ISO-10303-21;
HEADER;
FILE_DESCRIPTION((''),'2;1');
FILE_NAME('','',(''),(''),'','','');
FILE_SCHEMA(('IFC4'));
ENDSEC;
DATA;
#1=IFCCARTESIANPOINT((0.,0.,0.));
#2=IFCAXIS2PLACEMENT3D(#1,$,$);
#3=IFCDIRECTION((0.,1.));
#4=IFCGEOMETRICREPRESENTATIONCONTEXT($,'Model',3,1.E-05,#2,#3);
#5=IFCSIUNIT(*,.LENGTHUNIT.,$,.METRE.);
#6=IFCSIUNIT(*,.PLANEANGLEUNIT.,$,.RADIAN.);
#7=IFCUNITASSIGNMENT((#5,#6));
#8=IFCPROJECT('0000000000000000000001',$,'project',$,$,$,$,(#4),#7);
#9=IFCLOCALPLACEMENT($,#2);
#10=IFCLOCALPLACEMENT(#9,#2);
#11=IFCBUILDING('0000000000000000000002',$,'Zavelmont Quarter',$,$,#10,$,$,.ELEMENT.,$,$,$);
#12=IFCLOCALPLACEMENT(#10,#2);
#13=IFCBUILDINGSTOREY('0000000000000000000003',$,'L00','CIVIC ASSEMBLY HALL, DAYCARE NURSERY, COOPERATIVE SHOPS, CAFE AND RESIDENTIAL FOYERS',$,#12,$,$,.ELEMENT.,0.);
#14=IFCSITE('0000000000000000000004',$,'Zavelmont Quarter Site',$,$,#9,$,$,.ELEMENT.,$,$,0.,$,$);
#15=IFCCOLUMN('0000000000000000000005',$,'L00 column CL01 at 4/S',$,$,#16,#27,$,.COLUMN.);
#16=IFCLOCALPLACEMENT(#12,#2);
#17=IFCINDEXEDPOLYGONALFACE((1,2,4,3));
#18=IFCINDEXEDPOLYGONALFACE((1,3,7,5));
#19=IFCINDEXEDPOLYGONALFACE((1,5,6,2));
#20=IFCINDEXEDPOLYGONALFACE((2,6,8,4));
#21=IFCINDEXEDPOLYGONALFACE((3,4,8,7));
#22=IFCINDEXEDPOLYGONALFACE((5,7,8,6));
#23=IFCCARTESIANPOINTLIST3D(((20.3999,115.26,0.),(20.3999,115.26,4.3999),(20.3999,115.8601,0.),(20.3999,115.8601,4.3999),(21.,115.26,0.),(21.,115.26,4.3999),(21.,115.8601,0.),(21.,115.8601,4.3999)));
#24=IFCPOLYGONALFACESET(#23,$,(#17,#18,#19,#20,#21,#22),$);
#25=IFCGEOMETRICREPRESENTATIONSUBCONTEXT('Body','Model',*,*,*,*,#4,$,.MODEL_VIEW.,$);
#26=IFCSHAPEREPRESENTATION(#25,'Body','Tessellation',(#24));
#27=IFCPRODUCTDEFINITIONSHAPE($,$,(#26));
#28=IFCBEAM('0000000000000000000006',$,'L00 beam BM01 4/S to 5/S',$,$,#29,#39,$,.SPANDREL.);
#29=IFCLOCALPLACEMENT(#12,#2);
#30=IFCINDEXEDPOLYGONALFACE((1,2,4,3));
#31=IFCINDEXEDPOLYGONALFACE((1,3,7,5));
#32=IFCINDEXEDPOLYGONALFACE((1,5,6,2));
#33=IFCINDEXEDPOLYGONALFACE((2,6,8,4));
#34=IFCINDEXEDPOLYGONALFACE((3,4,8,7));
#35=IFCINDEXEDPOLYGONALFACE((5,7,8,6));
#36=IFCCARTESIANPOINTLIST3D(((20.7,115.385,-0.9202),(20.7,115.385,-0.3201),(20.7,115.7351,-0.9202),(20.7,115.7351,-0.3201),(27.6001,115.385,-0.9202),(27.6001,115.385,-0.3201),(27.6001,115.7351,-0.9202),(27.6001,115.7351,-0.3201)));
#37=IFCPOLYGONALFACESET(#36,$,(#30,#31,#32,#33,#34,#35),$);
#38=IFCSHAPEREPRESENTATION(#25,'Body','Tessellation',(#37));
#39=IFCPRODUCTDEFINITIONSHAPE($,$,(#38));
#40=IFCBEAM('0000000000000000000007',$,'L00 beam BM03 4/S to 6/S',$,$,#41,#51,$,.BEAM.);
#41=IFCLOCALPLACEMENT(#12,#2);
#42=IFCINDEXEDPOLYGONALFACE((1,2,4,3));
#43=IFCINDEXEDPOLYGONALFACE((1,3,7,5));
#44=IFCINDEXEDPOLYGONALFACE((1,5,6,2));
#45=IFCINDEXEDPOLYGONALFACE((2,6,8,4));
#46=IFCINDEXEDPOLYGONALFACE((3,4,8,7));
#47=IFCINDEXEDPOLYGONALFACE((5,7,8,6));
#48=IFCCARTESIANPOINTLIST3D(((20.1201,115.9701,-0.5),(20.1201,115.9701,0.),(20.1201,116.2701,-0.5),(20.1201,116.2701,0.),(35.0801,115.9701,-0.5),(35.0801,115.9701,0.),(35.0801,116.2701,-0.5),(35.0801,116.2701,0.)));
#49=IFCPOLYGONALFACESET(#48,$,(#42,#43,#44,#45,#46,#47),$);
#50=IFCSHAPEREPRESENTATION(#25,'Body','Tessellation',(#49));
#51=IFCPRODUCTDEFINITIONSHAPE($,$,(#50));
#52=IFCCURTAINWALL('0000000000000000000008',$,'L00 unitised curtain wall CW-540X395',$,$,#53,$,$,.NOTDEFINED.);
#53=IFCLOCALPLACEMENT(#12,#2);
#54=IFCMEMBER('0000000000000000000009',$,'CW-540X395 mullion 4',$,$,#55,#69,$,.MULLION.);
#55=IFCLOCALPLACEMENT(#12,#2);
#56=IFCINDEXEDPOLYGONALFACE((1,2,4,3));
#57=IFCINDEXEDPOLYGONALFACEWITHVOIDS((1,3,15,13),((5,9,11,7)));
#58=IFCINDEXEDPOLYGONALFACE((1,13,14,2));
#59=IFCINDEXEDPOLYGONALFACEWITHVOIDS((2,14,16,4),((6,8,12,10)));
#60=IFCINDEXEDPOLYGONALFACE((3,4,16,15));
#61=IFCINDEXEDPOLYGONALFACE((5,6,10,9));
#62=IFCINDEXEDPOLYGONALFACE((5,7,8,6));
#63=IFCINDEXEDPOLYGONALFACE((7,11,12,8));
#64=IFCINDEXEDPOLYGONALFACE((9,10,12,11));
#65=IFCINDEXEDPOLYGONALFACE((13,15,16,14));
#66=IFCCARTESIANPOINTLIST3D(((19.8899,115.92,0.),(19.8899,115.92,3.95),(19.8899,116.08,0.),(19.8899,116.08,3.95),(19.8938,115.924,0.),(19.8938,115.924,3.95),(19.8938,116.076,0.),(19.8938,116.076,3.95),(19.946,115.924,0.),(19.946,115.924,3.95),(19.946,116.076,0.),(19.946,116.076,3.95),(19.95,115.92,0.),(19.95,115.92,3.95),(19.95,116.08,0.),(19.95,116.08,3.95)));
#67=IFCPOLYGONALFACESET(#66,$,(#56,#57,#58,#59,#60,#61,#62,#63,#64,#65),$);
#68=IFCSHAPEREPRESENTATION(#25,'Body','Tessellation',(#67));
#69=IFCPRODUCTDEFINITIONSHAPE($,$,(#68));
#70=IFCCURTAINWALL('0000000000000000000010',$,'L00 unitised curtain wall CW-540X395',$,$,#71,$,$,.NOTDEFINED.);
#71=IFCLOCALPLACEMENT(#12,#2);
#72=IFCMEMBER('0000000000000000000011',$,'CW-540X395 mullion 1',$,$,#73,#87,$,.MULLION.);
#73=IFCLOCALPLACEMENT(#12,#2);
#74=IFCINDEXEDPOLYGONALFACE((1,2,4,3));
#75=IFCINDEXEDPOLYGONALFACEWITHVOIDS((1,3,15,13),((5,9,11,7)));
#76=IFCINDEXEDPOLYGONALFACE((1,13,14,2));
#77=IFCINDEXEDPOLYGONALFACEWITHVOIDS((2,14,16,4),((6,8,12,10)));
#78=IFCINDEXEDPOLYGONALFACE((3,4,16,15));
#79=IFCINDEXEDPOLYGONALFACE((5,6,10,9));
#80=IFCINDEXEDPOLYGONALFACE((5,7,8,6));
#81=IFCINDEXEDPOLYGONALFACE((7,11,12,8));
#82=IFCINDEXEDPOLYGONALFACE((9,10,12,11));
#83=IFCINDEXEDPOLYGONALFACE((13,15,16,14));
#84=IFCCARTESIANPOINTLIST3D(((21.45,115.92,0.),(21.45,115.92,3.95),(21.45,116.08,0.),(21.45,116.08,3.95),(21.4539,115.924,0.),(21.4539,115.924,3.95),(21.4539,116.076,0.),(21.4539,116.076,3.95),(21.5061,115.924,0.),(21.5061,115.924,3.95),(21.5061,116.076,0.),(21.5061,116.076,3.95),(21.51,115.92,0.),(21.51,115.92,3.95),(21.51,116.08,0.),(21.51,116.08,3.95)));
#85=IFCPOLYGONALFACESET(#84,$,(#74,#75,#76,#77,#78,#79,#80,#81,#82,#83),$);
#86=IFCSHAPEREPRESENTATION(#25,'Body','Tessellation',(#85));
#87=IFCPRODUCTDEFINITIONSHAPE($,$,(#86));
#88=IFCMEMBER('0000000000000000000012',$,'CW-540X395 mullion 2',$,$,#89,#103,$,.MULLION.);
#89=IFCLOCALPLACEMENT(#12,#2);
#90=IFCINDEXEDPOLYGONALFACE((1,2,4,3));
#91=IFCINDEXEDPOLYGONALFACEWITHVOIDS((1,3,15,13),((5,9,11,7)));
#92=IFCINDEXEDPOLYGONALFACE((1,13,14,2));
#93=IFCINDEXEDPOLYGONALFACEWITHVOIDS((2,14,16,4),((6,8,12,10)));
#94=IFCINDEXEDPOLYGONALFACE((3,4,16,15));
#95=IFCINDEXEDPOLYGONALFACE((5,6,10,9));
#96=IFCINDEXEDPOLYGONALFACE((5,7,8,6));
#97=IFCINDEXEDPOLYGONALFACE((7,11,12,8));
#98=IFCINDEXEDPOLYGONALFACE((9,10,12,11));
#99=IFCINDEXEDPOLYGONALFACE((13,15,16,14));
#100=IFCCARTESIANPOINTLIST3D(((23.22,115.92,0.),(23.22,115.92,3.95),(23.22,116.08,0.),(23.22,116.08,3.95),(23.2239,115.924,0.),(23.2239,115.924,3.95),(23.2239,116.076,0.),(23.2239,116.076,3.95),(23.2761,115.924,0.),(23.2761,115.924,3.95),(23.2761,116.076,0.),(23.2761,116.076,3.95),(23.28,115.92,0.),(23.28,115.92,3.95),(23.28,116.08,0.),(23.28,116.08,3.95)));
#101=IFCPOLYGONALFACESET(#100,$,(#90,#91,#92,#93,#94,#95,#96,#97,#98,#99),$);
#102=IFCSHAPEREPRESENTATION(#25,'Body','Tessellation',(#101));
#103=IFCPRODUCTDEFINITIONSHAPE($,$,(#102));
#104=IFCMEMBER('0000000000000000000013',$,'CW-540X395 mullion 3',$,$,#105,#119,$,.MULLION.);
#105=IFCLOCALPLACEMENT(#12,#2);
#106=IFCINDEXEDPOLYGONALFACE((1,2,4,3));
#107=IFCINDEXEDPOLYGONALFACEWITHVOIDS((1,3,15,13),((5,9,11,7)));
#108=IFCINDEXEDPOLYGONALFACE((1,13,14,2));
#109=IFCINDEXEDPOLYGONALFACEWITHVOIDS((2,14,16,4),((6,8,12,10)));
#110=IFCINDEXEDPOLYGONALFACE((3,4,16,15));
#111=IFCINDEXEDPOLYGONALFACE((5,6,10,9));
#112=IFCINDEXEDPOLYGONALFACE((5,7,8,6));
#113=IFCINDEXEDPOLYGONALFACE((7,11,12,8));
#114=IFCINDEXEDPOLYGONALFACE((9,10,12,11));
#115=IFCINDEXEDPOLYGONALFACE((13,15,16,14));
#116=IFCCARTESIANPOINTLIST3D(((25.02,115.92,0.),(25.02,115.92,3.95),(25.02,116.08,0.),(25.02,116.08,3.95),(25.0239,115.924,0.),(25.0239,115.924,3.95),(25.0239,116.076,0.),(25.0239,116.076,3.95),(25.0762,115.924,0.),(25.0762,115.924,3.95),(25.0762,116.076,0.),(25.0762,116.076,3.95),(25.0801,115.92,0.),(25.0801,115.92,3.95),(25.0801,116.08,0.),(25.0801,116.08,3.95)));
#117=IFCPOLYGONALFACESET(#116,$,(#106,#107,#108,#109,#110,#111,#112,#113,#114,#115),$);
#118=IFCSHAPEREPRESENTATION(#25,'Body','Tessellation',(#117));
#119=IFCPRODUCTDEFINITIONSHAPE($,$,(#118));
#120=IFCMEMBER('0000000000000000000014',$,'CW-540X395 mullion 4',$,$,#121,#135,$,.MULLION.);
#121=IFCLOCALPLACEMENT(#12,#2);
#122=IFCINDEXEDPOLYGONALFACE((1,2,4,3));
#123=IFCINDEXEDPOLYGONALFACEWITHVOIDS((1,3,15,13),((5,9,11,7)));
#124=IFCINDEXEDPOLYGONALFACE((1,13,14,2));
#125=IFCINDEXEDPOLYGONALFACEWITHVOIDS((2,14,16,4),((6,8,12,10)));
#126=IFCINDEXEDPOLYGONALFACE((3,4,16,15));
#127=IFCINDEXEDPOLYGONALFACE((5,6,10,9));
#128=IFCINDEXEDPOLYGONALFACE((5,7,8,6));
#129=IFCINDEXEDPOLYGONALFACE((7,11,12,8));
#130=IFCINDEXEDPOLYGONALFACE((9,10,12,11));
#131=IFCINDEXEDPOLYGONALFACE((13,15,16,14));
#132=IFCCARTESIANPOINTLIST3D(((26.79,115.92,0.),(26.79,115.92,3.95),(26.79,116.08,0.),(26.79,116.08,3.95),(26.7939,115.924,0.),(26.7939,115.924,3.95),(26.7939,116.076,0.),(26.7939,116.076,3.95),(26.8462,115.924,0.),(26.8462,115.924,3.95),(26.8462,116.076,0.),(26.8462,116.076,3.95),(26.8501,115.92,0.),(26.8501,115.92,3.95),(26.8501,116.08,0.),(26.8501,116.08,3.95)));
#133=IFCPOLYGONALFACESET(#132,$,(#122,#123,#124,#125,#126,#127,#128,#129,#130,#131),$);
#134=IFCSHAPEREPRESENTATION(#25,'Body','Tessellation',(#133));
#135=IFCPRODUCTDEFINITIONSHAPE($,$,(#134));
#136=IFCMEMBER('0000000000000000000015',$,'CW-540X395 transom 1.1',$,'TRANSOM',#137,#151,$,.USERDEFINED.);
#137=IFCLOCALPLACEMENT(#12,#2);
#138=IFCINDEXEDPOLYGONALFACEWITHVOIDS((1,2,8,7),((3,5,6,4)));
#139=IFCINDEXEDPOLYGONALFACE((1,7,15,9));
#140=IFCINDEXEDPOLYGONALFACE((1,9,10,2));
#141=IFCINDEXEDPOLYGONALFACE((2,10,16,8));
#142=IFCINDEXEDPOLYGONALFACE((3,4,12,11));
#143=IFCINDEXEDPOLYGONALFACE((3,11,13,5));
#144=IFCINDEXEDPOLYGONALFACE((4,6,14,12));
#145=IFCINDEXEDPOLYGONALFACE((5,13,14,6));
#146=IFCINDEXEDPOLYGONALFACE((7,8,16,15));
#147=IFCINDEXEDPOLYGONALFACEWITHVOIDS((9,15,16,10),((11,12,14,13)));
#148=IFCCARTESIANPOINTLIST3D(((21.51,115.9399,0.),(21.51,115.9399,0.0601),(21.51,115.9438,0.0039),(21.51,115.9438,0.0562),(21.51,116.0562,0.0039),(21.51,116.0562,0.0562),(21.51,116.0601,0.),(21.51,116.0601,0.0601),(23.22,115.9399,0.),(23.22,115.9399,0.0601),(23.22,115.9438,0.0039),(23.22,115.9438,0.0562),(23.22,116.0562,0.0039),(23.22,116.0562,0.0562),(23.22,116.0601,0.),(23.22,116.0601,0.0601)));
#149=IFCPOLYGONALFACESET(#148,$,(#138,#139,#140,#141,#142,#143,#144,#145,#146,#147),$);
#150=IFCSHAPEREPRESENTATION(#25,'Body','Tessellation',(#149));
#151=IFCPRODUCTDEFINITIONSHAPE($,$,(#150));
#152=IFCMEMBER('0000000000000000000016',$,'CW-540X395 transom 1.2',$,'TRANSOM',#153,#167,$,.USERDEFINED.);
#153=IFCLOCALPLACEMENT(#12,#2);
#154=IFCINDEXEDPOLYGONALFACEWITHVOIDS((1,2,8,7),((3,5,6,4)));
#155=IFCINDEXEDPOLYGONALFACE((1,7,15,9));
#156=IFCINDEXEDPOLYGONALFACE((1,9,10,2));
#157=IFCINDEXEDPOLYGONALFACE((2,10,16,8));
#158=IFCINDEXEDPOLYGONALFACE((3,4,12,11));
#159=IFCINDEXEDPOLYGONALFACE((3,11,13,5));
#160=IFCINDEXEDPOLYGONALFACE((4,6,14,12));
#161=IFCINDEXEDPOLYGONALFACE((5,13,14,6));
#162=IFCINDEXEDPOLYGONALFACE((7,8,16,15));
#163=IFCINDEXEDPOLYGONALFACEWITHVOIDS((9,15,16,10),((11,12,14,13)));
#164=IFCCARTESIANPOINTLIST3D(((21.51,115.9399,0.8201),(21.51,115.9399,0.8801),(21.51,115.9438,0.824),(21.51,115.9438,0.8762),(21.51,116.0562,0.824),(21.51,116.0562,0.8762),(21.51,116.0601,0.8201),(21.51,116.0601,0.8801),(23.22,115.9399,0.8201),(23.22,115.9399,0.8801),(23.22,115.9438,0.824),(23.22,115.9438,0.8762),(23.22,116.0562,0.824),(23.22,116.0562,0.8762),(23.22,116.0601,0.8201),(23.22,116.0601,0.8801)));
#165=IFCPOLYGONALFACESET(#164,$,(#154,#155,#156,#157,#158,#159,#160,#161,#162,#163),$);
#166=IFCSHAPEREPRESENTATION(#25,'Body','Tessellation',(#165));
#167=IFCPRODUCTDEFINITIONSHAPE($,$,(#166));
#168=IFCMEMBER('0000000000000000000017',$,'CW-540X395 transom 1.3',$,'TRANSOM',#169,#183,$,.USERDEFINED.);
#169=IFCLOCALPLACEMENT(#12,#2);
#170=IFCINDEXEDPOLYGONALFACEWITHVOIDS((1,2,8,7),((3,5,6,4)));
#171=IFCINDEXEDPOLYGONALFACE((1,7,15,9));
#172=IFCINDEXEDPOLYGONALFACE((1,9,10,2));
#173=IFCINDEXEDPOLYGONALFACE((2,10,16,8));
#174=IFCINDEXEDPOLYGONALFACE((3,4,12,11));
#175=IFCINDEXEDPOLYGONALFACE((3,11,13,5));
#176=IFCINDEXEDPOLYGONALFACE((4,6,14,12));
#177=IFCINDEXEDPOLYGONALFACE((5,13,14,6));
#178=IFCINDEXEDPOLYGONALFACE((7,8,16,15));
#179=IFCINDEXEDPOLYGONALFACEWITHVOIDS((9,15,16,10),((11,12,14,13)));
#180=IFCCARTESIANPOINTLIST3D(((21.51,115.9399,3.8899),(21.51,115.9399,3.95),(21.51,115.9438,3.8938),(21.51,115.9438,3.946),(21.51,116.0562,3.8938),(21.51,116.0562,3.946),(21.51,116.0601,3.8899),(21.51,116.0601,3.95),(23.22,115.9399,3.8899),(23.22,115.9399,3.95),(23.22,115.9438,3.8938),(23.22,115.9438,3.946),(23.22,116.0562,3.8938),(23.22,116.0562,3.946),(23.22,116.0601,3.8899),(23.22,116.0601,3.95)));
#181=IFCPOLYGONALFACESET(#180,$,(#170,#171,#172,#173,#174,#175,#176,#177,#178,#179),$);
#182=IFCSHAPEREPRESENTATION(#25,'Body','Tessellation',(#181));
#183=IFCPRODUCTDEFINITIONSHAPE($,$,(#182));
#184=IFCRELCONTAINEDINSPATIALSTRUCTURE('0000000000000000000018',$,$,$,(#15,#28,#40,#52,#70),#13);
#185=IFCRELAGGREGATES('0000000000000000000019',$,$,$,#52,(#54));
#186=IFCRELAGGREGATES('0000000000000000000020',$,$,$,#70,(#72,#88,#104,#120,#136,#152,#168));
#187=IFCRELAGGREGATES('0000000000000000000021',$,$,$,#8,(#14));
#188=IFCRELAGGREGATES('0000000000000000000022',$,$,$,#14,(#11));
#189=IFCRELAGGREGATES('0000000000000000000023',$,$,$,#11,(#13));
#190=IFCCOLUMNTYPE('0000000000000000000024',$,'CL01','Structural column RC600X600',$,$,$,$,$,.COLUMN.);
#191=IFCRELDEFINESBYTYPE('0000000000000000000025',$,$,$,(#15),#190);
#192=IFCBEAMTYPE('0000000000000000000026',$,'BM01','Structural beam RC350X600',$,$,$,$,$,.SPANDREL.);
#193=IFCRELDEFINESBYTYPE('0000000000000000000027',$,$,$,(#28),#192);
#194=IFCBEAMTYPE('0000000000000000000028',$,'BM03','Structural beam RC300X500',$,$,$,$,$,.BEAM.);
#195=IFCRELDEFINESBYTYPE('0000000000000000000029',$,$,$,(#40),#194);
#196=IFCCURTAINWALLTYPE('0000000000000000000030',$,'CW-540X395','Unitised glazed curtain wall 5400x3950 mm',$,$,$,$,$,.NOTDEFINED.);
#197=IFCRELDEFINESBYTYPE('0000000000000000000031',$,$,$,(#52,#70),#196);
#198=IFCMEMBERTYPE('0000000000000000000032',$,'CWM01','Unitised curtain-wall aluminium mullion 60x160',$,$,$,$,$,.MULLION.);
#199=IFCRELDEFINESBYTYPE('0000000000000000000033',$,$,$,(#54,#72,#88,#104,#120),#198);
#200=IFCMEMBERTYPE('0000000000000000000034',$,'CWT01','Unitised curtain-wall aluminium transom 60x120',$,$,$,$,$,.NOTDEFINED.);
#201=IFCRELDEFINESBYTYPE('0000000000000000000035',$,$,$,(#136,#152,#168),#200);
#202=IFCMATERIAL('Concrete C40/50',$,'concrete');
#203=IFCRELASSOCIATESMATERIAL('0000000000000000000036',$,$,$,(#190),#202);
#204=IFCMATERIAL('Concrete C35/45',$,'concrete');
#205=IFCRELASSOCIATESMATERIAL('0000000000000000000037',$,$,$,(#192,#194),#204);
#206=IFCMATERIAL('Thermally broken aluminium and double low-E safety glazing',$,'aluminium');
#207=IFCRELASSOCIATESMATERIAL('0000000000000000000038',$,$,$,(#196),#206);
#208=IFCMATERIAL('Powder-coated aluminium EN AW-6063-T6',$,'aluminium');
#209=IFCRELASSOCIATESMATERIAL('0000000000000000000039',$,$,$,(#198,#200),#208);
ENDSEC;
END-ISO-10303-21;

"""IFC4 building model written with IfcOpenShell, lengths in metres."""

from ifc_helpers import new_model, si_unit, direction, frame, origin, origin_2d, place, context, subcontext, project, spatial, rectangle, hollow_rectangle, extrude, material, material_profile, profile_set, type_object, element, aggregate, save


model = new_model("IFC4")

# Units and contexts
model_context = context("Model", 3, precision=1e-05, world=origin(), true_north=direction((0.0, 1.0)))
body_context = subcontext(model_context, "Body", "Model", "MODEL_VIEW")
ifc_project = project(units=[si_unit("LENGTHUNIT", "METRE"), si_unit("PLANEANGLEUNIT", "RADIAN")], contexts=[model_context])

# Site, building, storey
site_placement = place(None, origin())
site = spatial("IfcSite", under=ifc_project, at=site_placement, Name="Zavelmont Quarter Site", CompositionType="ELEMENT", RefElevation=0.0)
building_placement = place(site_placement, origin())
building = spatial("IfcBuilding", under=site, at=building_placement, Name="Zavelmont Quarter", CompositionType="ELEMENT")
storey_placement = place(building_placement, origin())
storey = spatial("IfcBuildingStorey", under=building, at=storey_placement, Name="L00", Description="CIVIC ASSEMBLY HALL, DAYCARE NURSERY, COOPERATIVE SHOPS, CAFE AND RESIDENTIAL FOYERS", CompositionType="ELEMENT", Elevation=0.0)

# Column
ifc_material_1 = material(Name="Concrete C40/50", Category="concrete")
ifc_material_profile_1 = material_profile(ifc_material_1, rectangle(XDim=0.6001, YDim=0.6001, at=origin_2d()), Name="RC600X600")
ifc_profile_set_1 = profile_set([ifc_material_profile_1], Name="Concrete C40/50")
column_type = type_object("IfcColumnType", Name="CL01", Description="Structural column RC600X600", PredefinedType="COLUMN", material=ifc_profile_set_1)
column_placement = place(storey_placement, frame((20.7, 115.5601, 0.0), z_axis=(0.0, 0.0, 1.0), x_axis=(1.0, 0.0, 0.0)))
element("IfcColumn", 1, at=column_placement, inside=storey, type_object=column_type, Name="L00 column CL01 at 4/S", PredefinedType="COLUMN", context=body_context, shape_type="SweptSolid", body=[
    extrude(rectangle(XDim=0.6001, YDim=0.6001, at=origin_2d()), origin(), (0.0, 0.0, 1.0), 4.3999),
])

# Beams
ifc_material_2 = material(Name="Concrete C35/45", Category="concrete")
ifc_material_profile_2 = material_profile(ifc_material_2, rectangle(XDim=0.3501, YDim=0.6001, at=origin_2d()), Name="RC350X600")
ifc_profile_set_2 = profile_set([ifc_material_profile_2], Name="Concrete C35/45")
beam_type_1 = type_object("IfcBeamType", Name="BM01", Description="Structural beam RC350X600", PredefinedType="SPANDREL", material=ifc_profile_set_2)
beam_1_placement = place(storey_placement, frame((20.7, 115.5601, -0.6201), z_axis=(1.0, 0.0, 0.0), x_axis=(0.0, 1.0, 0.0)))
element("IfcBeam", 2, at=beam_1_placement, inside=storey, type_object=beam_type_1, Name="L00 beam BM01 4/S to 5/S", PredefinedType="SPANDREL", context=body_context, shape_type="SweptSolid", body=[
    extrude(rectangle(XDim=0.3501, YDim=0.6001, at=origin_2d()), origin(), (0.0, 0.0, 1.0), 6.9001),
])
ifc_material_profile_3 = material_profile(ifc_material_2, rectangle(XDim=0.3, YDim=0.5, at=origin_2d()), Name="RC300X500")
ifc_profile_set_3 = profile_set([ifc_material_profile_3], Name="Concrete C35/45")
beam_type_2 = type_object("IfcBeamType", Name="BM03", Description="Structural beam RC300X500", PredefinedType="BEAM", material=ifc_profile_set_3)
beam_2_placement = place(storey_placement, frame((20.1201, 116.1201, -0.25), z_axis=(1.0, 0.0, 0.0), x_axis=(0.0, 1.0, 0.0)))
element("IfcBeam", 3, at=beam_2_placement, inside=storey, type_object=beam_type_2, Name="L00 beam BM03 4/S to 6/S", PredefinedType="BEAM", context=body_context, shape_type="SweptSolid", body=[
    extrude(rectangle(XDim=0.3, YDim=0.5, at=origin_2d()), origin(), (0.0, 0.0, 1.0), 14.96),
])

# Curtain wall, member
ifc_material_3 = material(Name="Thermally broken aluminium and double low-E safety glazing", Category="aluminium")
curtain_wall_type = type_object("IfcCurtainWallType", Name="CW-540X395", Description="Unitised glazed curtain wall 5400x3950 mm", PredefinedType="NOTDEFINED", material=ifc_material_3)
curtain_wall_1_placement = place(storey_placement, origin())
curtain_wall_1 = element("IfcCurtainWall", 4, at=curtain_wall_1_placement, inside=storey, type_object=curtain_wall_type, Name="L00 unitised curtain wall CW-540X395", PredefinedType="NOTDEFINED")
ifc_material_4 = material(Name="Powder-coated aluminium EN AW-6063-T6", Category="aluminium")
ifc_material_profile_4 = material_profile(ifc_material_4, hollow_rectangle(XDim=0.0601, YDim=0.1599, WallThickness=0.0039, at=origin_2d()), Name="CWM60X160")
ifc_profile_set_4 = profile_set([ifc_material_profile_4], Name="Powder-coated aluminium EN AW-6063-T6")
member_type_1 = type_object("IfcMemberType", Name="CWM01", Description="Unitised curtain-wall aluminium mullion 60x160", PredefinedType="MULLION", material=ifc_profile_set_4)
member_1_placement = place(storey_placement, frame((19.9199, 116.0, 0.0), z_axis=(0.0, 0.0, 1.0), x_axis=(1.0, 0.0, 0.0)))
member_1 = element("IfcMember", 5, at=member_1_placement, type_object=member_type_1, Name="CW-540X395 mullion 4", PredefinedType="MULLION", context=body_context, shape_type="SweptSolid", body=[
    extrude(hollow_rectangle(XDim=0.0601, YDim=0.1599, WallThickness=0.0039, at=origin_2d()), origin(), (0.0, 0.0, 1.0), 3.95),
])

# Curtain wall, members
curtain_wall_2_placement = place(storey_placement, origin())
curtain_wall_2 = element("IfcCurtainWall", 6, at=curtain_wall_2_placement, inside=storey, type_object=curtain_wall_type, Name="L00 unitised curtain wall CW-540X395", PredefinedType="NOTDEFINED")
member_2_placement = place(storey_placement, frame((21.48, 116.0, 0.0), z_axis=(0.0, 0.0, 1.0), x_axis=(1.0, 0.0, 0.0)))
member_2 = element("IfcMember", 7, at=member_2_placement, type_object=member_type_1, Name="CW-540X395 mullion 1", PredefinedType="MULLION", context=body_context, shape_type="SweptSolid", body=[
    extrude(hollow_rectangle(XDim=0.0601, YDim=0.1599, WallThickness=0.0039, at=origin_2d()), origin(), (0.0, 0.0, 1.0), 3.95),
])
member_3_placement = place(storey_placement, frame((23.25, 116.0, 0.0), z_axis=(0.0, 0.0, 1.0), x_axis=(1.0, 0.0, 0.0)))
member_3 = element("IfcMember", 8, at=member_3_placement, type_object=member_type_1, Name="CW-540X395 mullion 2", PredefinedType="MULLION", context=body_context, shape_type="SweptSolid", body=[
    extrude(hollow_rectangle(XDim=0.0601, YDim=0.1599, WallThickness=0.0039, at=origin_2d()), origin(), (0.0, 0.0, 1.0), 3.95),
])
member_4_placement = place(storey_placement, frame((25.05, 116.0, 0.0), z_axis=(0.0, 0.0, 1.0), x_axis=(1.0, 0.0, 0.0)))
member_4 = element("IfcMember", 9, at=member_4_placement, type_object=member_type_1, Name="CW-540X395 mullion 3", PredefinedType="MULLION", context=body_context, shape_type="SweptSolid", body=[
    extrude(hollow_rectangle(XDim=0.0601, YDim=0.1599, WallThickness=0.0039, at=origin_2d()), origin(), (0.0, 0.0, 1.0), 3.95),
])
member_5_placement = place(storey_placement, frame((26.8201, 116.0, 0.0), z_axis=(0.0, 0.0, 1.0), x_axis=(1.0, 0.0, 0.0)))
member_5 = element("IfcMember", 10, at=member_5_placement, type_object=member_type_1, Name="CW-540X395 mullion 4", PredefinedType="MULLION", context=body_context, shape_type="SweptSolid", body=[
    extrude(hollow_rectangle(XDim=0.0601, YDim=0.1599, WallThickness=0.0039, at=origin_2d()), origin(), (0.0, 0.0, 1.0), 3.95),
])
ifc_material_profile_5 = material_profile(ifc_material_4, hollow_rectangle(XDim=0.1201, YDim=0.0601, WallThickness=0.0039, at=origin_2d()), Name="CWT60X120")
ifc_profile_set_5 = profile_set([ifc_material_profile_5], Name="Powder-coated aluminium EN AW-6063-T6")
member_type_2 = type_object("IfcMemberType", Name="CWT01", Description="Unitised curtain-wall aluminium transom 60x120", PredefinedType="NOTDEFINED", material=ifc_profile_set_5)
member_6_placement = place(storey_placement, frame((21.51, 116.0, 0.03), z_axis=(1.0, 0.0, 0.0), x_axis=(0.0, 1.0, 0.0)))
member_6 = element("IfcMember", 11, at=member_6_placement, type_object=member_type_2, Name="CW-540X395 transom 1.1", ObjectType="TRANSOM", PredefinedType="USERDEFINED", context=body_context, shape_type="SweptSolid", body=[
    extrude(hollow_rectangle(XDim=0.1201, YDim=0.0601, WallThickness=0.0039, at=origin_2d()), origin(), (0.0, 0.0, 1.0), 1.71),
])
member_7_placement = place(storey_placement, frame((21.51, 116.0, 0.8501), z_axis=(1.0, 0.0, 0.0), x_axis=(0.0, 1.0, 0.0)))
member_7 = element("IfcMember", 12, at=member_7_placement, type_object=member_type_2, Name="CW-540X395 transom 1.2", ObjectType="TRANSOM", PredefinedType="USERDEFINED", context=body_context, shape_type="SweptSolid", body=[
    extrude(hollow_rectangle(XDim=0.1201, YDim=0.0601, WallThickness=0.0039, at=origin_2d()), origin(), (0.0, 0.0, 1.0), 1.71),
])
member_8_placement = place(storey_placement, frame((21.51, 116.0, 3.9199), z_axis=(1.0, 0.0, 0.0), x_axis=(0.0, 1.0, 0.0)))
member_8 = element("IfcMember", 13, at=member_8_placement, type_object=member_type_2, Name="CW-540X395 transom 1.3", ObjectType="TRANSOM", PredefinedType="USERDEFINED", context=body_context, shape_type="SweptSolid", body=[
    extrude(hollow_rectangle(XDim=0.1201, YDim=0.0601, WallThickness=0.0039, at=origin_2d()), origin(), (0.0, 0.0, 1.0), 1.71),
])

aggregate(curtain_wall_1, [member_1])
aggregate(curtain_wall_2, [member_2, member_3, member_4, member_5, member_6, member_7, member_8])

save(model, "model.ifc")
